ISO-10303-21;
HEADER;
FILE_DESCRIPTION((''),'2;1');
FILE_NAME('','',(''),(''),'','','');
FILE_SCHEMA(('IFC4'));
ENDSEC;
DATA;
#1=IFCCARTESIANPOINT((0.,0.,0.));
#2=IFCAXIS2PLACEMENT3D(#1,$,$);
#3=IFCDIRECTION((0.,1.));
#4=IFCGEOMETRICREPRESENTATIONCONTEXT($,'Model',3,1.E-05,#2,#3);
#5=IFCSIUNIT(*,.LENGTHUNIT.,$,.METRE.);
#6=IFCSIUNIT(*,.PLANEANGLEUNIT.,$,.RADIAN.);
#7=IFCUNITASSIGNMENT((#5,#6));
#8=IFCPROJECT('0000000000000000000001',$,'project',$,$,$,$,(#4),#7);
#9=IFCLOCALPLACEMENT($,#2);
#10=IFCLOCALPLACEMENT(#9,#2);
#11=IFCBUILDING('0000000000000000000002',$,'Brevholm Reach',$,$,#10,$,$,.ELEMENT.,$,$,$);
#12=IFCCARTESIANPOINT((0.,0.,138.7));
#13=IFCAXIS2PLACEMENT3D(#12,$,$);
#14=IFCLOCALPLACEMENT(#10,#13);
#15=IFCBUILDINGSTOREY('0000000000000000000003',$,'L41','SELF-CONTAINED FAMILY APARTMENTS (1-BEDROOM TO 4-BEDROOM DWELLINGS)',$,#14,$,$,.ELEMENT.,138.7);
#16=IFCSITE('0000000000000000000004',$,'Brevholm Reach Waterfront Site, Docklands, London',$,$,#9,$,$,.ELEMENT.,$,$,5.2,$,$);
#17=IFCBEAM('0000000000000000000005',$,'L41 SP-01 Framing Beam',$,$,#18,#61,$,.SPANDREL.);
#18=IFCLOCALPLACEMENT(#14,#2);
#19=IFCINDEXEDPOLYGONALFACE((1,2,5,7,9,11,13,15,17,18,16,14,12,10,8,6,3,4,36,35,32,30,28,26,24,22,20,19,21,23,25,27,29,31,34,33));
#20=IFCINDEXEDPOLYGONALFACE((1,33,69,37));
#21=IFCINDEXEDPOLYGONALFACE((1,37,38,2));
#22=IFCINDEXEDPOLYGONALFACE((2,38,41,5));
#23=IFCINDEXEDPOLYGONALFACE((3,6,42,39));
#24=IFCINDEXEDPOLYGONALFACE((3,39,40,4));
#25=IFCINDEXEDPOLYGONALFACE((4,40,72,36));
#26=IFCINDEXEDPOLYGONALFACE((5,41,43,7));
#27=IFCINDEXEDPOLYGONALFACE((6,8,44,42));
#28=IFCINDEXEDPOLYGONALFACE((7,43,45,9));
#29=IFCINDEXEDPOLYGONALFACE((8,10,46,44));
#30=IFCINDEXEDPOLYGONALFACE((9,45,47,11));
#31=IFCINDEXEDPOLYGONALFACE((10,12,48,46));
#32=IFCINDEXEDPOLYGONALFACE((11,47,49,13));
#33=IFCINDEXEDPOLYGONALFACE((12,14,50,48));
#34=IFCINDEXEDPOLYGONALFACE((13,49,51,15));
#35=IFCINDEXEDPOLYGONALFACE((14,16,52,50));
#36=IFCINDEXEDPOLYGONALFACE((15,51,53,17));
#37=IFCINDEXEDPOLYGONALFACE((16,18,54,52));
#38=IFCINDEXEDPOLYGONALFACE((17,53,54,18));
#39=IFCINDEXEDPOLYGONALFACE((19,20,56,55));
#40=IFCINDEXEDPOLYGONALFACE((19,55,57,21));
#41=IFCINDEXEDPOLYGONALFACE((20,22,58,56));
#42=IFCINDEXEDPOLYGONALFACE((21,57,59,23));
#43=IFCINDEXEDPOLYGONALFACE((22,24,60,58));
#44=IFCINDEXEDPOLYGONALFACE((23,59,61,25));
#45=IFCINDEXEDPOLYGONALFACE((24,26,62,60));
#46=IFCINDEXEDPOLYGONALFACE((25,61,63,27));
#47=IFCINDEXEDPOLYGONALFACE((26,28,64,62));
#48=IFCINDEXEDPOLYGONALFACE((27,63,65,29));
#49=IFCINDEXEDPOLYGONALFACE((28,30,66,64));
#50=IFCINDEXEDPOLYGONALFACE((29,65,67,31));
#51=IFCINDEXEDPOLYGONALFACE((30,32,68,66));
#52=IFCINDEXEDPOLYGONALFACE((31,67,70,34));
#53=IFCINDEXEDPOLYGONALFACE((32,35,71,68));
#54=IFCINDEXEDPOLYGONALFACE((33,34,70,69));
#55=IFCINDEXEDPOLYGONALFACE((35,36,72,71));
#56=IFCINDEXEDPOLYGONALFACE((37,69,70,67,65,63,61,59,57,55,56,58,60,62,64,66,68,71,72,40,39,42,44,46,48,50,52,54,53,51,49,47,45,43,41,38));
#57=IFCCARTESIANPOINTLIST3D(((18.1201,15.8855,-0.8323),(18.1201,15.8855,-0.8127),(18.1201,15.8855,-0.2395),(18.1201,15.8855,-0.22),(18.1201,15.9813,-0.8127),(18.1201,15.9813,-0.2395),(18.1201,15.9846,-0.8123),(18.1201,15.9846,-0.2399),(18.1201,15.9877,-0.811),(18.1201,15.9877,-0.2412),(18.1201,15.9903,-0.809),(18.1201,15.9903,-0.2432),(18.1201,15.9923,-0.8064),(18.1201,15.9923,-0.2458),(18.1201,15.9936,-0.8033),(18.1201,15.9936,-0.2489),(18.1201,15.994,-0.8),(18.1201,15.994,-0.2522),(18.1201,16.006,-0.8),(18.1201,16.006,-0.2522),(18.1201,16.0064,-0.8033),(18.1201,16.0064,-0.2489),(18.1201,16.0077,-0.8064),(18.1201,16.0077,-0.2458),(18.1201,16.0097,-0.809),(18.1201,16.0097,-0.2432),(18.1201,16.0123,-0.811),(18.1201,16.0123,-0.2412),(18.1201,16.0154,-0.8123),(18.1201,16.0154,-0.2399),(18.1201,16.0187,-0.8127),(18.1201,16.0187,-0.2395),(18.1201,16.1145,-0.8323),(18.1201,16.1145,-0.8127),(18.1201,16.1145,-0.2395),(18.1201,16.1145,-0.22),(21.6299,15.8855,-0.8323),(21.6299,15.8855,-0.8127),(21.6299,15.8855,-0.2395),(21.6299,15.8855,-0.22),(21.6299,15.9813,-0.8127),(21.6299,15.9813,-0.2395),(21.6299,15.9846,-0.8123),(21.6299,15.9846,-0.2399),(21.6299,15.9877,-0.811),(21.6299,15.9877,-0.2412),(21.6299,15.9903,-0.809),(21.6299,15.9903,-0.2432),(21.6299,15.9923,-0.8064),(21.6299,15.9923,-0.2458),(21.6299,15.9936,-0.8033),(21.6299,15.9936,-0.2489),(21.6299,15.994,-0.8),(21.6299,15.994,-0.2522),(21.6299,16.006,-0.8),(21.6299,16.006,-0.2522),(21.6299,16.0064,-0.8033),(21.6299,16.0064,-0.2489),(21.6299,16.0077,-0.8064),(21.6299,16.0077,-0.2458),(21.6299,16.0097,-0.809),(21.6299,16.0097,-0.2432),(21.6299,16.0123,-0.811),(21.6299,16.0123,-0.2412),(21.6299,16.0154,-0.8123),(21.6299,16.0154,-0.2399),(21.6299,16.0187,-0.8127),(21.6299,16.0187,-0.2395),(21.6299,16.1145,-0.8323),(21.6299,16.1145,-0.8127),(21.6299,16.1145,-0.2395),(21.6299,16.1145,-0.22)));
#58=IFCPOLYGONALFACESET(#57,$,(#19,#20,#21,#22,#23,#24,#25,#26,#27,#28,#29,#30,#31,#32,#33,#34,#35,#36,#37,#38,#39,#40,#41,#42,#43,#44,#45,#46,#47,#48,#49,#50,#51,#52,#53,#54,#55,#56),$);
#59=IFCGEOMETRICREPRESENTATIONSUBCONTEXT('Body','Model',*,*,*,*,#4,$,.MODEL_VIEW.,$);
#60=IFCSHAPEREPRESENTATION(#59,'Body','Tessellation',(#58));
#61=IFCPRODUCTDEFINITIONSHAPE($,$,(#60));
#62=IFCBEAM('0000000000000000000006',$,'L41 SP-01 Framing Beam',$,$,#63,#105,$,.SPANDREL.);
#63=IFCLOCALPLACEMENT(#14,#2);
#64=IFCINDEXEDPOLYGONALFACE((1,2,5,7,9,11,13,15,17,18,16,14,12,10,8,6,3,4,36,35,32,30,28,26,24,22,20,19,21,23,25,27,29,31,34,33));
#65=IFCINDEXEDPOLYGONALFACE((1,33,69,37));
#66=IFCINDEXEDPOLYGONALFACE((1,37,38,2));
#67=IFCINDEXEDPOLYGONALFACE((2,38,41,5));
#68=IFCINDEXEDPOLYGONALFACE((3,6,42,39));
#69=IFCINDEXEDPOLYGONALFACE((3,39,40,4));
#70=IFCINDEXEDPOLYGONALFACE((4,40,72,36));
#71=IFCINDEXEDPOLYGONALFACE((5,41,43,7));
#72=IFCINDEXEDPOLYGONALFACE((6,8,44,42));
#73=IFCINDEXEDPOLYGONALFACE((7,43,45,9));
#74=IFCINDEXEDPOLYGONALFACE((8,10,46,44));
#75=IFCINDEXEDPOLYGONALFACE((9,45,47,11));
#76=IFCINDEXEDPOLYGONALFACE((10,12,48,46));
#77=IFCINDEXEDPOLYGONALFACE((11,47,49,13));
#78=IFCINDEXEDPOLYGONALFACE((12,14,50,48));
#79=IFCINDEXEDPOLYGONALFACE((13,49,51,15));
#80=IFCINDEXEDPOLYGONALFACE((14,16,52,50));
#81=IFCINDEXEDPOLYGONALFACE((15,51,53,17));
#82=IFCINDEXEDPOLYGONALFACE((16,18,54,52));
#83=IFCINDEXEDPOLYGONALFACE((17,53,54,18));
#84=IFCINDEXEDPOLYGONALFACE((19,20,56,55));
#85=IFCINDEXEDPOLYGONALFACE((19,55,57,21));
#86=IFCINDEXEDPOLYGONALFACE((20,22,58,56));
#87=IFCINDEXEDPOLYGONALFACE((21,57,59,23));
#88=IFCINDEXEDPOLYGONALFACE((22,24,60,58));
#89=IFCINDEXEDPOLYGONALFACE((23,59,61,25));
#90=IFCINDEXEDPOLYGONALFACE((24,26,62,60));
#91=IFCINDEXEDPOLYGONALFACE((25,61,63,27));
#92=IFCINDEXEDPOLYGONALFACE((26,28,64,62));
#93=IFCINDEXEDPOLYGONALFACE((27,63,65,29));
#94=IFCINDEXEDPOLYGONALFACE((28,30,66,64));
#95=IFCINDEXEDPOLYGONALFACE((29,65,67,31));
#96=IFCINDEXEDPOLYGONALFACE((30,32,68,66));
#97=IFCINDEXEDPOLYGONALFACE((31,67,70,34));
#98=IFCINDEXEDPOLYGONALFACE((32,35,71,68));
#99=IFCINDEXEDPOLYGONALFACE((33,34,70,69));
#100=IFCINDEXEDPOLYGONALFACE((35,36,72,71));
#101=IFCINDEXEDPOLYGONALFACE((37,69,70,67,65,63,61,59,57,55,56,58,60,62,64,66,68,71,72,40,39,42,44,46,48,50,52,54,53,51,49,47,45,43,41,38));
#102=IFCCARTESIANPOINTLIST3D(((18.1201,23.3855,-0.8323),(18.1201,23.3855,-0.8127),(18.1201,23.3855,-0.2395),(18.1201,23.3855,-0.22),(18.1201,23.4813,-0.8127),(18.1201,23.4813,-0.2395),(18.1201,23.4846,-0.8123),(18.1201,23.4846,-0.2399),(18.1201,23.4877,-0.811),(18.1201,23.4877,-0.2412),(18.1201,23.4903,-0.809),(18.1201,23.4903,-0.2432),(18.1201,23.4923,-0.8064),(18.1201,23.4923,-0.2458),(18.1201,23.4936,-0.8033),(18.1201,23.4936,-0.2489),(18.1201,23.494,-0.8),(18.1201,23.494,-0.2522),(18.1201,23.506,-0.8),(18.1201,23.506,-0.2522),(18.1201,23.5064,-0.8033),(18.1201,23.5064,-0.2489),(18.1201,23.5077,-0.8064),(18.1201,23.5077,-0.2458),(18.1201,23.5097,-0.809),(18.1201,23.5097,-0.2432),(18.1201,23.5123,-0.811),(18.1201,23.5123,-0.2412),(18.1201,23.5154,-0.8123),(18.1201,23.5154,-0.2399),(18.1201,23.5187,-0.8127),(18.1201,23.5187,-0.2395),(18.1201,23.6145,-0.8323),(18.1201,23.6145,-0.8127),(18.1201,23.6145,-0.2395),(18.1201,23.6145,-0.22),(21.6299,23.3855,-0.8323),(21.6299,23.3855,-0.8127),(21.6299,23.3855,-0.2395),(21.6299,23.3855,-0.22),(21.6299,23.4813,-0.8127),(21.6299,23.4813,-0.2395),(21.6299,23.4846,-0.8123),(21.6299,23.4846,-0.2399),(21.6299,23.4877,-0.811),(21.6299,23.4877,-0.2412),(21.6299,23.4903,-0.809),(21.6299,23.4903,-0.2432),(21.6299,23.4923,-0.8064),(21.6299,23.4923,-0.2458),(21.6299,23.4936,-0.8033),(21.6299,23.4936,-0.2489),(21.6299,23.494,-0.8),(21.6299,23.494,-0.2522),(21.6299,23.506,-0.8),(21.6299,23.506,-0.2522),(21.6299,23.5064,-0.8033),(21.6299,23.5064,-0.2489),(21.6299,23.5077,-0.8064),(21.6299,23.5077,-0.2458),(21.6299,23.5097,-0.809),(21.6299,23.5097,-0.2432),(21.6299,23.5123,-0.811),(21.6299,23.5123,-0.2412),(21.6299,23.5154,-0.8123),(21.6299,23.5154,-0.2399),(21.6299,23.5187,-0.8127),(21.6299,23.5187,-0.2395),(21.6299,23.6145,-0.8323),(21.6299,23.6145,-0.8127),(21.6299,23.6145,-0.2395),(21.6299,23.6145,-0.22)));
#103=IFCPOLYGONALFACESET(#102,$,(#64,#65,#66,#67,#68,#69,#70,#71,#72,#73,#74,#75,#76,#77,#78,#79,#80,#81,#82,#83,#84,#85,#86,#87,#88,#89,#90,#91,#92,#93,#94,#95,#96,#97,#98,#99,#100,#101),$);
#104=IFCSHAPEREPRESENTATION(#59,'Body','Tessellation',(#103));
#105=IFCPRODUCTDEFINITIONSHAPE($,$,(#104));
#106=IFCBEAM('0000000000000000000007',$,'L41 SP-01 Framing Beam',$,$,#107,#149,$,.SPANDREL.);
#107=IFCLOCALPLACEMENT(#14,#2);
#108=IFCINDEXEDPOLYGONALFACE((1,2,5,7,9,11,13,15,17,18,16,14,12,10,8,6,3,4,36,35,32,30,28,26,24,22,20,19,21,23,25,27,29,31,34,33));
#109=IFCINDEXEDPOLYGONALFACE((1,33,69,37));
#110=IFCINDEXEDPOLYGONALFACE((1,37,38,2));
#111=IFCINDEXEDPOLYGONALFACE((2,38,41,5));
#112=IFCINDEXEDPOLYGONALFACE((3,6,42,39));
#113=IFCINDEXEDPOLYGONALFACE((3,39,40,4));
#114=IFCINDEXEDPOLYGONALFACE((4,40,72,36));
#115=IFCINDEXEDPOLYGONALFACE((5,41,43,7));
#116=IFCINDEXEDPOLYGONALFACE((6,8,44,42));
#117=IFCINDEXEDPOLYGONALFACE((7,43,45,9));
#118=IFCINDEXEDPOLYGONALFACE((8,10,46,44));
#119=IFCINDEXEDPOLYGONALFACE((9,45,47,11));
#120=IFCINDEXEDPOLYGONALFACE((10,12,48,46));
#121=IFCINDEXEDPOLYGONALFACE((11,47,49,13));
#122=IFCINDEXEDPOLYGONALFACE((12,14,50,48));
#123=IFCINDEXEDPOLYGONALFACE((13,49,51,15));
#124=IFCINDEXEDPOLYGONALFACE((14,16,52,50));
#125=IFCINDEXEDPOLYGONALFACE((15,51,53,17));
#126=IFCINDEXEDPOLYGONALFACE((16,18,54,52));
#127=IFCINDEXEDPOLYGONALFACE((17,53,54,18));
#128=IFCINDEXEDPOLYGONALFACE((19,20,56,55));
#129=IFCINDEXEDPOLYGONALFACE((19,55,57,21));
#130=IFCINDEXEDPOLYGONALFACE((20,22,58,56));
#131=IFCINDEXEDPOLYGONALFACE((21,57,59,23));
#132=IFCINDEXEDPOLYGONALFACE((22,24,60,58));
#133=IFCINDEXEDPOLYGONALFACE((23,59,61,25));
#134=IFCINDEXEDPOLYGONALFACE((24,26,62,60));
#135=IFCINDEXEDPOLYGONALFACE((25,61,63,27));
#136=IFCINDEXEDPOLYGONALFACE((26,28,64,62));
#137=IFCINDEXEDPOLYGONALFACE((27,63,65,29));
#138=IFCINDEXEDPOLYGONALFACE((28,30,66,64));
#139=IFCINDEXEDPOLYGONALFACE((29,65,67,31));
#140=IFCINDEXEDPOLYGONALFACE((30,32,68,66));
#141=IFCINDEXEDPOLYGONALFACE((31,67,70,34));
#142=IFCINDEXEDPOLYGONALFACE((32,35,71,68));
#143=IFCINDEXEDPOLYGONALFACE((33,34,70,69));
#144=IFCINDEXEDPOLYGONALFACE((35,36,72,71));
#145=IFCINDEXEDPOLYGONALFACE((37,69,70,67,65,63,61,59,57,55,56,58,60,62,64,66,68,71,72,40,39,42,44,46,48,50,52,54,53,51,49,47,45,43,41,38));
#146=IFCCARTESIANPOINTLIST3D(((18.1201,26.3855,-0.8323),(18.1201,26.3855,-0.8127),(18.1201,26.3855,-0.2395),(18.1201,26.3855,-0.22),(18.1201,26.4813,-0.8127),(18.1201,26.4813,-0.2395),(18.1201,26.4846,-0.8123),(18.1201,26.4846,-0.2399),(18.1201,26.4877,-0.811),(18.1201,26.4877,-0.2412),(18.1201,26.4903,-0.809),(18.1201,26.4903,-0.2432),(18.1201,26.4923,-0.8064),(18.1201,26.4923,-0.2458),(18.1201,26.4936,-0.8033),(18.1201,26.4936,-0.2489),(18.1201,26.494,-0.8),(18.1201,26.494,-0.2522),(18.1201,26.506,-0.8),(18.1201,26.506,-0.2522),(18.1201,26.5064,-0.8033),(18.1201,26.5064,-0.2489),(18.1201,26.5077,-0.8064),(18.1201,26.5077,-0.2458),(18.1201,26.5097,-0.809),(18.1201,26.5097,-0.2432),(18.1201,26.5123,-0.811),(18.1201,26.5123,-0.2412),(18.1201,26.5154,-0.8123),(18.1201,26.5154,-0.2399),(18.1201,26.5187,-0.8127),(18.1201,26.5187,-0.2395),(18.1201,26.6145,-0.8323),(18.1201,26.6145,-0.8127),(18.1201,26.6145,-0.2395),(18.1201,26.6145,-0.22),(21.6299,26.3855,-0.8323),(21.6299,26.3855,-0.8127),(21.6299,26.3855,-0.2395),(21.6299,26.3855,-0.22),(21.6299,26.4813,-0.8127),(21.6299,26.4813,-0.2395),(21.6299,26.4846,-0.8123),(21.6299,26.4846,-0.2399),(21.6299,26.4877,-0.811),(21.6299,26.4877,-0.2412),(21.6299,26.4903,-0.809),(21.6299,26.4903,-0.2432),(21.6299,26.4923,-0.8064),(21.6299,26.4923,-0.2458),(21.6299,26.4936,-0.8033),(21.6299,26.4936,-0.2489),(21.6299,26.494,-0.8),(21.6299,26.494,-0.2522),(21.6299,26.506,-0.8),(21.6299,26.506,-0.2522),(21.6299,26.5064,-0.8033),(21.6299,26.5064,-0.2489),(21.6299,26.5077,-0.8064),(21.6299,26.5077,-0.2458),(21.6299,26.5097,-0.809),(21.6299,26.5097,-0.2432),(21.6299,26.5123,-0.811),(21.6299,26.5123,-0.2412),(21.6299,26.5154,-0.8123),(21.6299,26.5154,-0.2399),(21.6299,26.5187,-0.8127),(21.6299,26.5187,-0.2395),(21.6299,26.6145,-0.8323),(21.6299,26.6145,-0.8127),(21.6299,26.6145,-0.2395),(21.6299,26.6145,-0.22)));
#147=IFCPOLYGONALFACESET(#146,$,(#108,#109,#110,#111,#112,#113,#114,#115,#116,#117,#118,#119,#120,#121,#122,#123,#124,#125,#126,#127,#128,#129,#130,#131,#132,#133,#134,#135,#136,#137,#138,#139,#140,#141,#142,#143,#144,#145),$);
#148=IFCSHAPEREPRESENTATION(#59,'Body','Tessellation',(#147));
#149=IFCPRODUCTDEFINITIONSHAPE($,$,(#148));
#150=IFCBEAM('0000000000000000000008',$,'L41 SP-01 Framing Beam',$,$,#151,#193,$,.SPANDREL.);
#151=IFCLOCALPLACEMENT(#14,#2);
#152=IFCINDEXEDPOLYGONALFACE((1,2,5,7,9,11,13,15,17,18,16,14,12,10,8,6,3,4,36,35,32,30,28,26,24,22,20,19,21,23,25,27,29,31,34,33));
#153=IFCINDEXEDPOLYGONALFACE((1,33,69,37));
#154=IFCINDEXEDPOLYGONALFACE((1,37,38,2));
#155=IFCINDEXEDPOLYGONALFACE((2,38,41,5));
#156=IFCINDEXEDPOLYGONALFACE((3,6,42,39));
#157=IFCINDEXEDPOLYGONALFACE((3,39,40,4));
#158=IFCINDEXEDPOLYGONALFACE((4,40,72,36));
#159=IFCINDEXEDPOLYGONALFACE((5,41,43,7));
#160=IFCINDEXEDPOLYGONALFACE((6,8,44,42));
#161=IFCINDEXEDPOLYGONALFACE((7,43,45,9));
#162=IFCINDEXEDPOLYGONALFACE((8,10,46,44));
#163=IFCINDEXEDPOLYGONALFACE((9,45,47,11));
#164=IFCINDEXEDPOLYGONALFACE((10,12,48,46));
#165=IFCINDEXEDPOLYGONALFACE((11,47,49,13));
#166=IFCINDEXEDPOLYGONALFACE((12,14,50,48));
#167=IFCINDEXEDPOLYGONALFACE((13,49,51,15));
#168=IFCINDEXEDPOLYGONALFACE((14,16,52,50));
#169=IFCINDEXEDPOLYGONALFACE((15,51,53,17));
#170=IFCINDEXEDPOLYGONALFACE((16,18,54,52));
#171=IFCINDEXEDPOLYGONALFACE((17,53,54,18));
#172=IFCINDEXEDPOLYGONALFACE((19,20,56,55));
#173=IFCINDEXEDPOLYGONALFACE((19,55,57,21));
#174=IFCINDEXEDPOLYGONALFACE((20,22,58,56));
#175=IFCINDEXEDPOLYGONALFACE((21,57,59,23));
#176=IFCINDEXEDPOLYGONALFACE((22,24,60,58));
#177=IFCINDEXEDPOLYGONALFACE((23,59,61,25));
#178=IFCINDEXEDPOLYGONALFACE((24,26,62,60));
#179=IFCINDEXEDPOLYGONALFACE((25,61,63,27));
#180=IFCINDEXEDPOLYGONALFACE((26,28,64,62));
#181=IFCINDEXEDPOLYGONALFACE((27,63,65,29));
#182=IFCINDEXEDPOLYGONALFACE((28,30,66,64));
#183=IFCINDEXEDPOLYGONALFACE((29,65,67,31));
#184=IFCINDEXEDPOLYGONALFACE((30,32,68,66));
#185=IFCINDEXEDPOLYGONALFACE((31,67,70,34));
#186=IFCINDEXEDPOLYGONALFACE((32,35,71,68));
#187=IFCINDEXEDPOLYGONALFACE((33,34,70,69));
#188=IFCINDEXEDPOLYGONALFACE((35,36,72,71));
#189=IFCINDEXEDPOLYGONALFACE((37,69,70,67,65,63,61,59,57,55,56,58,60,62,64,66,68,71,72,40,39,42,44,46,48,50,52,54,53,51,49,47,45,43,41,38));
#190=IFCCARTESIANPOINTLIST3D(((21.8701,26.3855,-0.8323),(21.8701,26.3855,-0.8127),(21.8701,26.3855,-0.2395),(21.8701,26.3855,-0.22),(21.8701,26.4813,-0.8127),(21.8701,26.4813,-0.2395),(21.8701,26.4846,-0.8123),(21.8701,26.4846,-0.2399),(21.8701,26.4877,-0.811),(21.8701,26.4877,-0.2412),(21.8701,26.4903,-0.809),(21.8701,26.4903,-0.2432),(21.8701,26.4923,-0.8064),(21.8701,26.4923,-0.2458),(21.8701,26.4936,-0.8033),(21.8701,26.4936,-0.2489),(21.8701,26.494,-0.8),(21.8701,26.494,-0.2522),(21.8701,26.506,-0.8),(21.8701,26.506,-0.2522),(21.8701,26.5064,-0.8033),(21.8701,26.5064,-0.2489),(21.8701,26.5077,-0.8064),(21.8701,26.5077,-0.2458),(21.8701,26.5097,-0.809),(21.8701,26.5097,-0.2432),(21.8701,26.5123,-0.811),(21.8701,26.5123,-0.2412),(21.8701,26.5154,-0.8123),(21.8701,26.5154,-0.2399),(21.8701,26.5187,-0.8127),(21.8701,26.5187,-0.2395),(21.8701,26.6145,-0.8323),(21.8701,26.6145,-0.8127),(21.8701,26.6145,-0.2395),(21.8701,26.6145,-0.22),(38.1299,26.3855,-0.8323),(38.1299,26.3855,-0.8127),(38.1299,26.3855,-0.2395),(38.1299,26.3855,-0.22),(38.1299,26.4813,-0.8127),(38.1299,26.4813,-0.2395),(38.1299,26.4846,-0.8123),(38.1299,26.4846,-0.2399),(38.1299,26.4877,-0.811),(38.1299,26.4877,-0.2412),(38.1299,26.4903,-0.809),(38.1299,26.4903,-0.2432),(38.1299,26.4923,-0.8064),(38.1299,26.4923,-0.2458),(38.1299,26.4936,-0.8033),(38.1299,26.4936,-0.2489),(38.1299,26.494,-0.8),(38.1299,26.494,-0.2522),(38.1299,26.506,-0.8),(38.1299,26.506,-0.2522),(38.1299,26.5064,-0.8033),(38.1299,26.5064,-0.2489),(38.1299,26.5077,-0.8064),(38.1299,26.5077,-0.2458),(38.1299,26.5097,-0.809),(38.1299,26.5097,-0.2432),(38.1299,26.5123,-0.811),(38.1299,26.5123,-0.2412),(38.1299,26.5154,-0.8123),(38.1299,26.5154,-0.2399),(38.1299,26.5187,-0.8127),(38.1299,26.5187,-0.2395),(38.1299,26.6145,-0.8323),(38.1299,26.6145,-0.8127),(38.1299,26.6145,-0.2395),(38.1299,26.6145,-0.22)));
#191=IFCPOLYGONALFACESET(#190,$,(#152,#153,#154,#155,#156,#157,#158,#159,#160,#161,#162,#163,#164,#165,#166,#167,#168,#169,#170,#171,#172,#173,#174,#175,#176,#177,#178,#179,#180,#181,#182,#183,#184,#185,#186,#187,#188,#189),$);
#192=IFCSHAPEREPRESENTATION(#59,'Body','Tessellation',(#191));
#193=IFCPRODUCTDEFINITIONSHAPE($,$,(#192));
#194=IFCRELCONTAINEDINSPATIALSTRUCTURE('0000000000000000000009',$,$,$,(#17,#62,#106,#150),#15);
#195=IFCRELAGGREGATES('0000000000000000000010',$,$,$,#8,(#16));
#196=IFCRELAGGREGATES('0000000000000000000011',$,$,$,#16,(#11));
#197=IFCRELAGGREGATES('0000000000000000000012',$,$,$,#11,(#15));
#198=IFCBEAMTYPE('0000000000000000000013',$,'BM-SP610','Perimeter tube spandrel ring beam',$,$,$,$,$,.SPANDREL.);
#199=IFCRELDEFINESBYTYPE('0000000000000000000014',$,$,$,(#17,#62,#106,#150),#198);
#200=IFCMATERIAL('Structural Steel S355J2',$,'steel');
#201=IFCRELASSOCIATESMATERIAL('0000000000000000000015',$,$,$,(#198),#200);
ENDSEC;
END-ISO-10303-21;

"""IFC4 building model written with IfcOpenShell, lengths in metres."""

from ifc_helpers import new_model, si_unit, direction, frame, origin, origin_2d, place, context, subcontext, project, spatial, i_section, extrude, material, material_profile, profile_set, type_object, element, save


model = new_model("IFC4")

# Units and contexts
model_context = context("Model", 3, precision=1e-05, world=origin(), true_north=direction((0.0, 1.0)))
body_context = subcontext(model_context, "Body", "Model", "MODEL_VIEW")
ifc_project = project(units=[si_unit("LENGTHUNIT", "METRE"), si_unit("PLANEANGLEUNIT", "RADIAN")], contexts=[model_context])

# Site, building, storey
site_placement = place(None, origin())
site = spatial("IfcSite", under=ifc_project, at=site_placement, Name="Brevholm Reach Waterfront Site, Docklands, London", CompositionType="ELEMENT", RefElevation=5.2)
building_placement = place(site_placement, origin())
building = spatial("IfcBuilding", under=site, at=building_placement, Name="Brevholm Reach", CompositionType="ELEMENT")
storey_placement = place(building_placement, frame((0.0, 0.0, 138.7)))
storey = spatial("IfcBuildingStorey", under=building, at=storey_placement, Name="L41", Description="SELF-CONTAINED FAMILY APARTMENTS (1-BEDROOM TO 4-BEDROOM DWELLINGS)", CompositionType="ELEMENT", Elevation=138.7)

# Beams
ifc_material_1 = material(Name="Structural Steel S355J2", Category="steel")
ifc_material_profile_1 = material_profile(ifc_material_1, i_section(OverallWidth=0.229, OverallDepth=0.6123, WebThickness=0.012, FlangeThickness=0.0195, FilletRadius=0.0127, at=origin_2d()), Name="UKB 610x229x125")
ifc_profile_set_1 = profile_set([ifc_material_profile_1], Name="Structural Steel S355J2")
beam_type_1 = type_object("IfcBeamType", Name="BM-SP610", Description="Perimeter tube spandrel ring beam", PredefinedType="SPANDREL", material=ifc_profile_set_1)
for number, where, z_axis, x_axis, name in (
    (1, (18.1201, 16.0, -0.5261), (1.0, 0.0, 0.0), (0.0, 1.0, 0.0), "L41 SP-01 Framing Beam"),
    (2, (18.1201, 23.5, -0.5261), (1.0, 0.0, 0.0), (0.0, 1.0, 0.0), "L41 SP-01 Framing Beam"),
    (3, (18.1201, 26.5, -0.5261), (1.0, 0.0, 0.0), (0.0, 1.0, 0.0), "L41 SP-01 Framing Beam"),
):
    element("IfcBeam", number, at=place(storey_placement, frame(where, z_axis=z_axis, x_axis=x_axis)), inside=storey, type_object=beam_type_1, Name=name, PredefinedType="SPANDREL", context=body_context, shape_type="SweptSolid", body=[
        extrude(i_section(OverallWidth=0.229, OverallDepth=0.6123, WebThickness=0.012, FlangeThickness=0.0195, FilletRadius=0.0127, at=origin_2d()), origin(), (0.0, 0.0, 1.0), 3.5098),
    ])
beam_1_placement = place(storey_placement, frame((21.8701, 26.5, -0.5261), z_axis=(1.0, 0.0, 0.0), x_axis=(0.0, 1.0, 0.0)))
element("IfcBeam", 4, at=beam_1_placement, inside=storey, type_object=beam_type_1, Name="L41 SP-01 Framing Beam", PredefinedType="SPANDREL", context=body_context, shape_type="SweptSolid", body=[
    extrude(i_section(OverallWidth=0.229, OverallDepth=0.6123, WebThickness=0.012, FlangeThickness=0.0195, FilletRadius=0.0127, at=origin_2d()), origin(), (0.0, 0.0, 1.0), 16.2598),
])

save(model, "model.ifc")
